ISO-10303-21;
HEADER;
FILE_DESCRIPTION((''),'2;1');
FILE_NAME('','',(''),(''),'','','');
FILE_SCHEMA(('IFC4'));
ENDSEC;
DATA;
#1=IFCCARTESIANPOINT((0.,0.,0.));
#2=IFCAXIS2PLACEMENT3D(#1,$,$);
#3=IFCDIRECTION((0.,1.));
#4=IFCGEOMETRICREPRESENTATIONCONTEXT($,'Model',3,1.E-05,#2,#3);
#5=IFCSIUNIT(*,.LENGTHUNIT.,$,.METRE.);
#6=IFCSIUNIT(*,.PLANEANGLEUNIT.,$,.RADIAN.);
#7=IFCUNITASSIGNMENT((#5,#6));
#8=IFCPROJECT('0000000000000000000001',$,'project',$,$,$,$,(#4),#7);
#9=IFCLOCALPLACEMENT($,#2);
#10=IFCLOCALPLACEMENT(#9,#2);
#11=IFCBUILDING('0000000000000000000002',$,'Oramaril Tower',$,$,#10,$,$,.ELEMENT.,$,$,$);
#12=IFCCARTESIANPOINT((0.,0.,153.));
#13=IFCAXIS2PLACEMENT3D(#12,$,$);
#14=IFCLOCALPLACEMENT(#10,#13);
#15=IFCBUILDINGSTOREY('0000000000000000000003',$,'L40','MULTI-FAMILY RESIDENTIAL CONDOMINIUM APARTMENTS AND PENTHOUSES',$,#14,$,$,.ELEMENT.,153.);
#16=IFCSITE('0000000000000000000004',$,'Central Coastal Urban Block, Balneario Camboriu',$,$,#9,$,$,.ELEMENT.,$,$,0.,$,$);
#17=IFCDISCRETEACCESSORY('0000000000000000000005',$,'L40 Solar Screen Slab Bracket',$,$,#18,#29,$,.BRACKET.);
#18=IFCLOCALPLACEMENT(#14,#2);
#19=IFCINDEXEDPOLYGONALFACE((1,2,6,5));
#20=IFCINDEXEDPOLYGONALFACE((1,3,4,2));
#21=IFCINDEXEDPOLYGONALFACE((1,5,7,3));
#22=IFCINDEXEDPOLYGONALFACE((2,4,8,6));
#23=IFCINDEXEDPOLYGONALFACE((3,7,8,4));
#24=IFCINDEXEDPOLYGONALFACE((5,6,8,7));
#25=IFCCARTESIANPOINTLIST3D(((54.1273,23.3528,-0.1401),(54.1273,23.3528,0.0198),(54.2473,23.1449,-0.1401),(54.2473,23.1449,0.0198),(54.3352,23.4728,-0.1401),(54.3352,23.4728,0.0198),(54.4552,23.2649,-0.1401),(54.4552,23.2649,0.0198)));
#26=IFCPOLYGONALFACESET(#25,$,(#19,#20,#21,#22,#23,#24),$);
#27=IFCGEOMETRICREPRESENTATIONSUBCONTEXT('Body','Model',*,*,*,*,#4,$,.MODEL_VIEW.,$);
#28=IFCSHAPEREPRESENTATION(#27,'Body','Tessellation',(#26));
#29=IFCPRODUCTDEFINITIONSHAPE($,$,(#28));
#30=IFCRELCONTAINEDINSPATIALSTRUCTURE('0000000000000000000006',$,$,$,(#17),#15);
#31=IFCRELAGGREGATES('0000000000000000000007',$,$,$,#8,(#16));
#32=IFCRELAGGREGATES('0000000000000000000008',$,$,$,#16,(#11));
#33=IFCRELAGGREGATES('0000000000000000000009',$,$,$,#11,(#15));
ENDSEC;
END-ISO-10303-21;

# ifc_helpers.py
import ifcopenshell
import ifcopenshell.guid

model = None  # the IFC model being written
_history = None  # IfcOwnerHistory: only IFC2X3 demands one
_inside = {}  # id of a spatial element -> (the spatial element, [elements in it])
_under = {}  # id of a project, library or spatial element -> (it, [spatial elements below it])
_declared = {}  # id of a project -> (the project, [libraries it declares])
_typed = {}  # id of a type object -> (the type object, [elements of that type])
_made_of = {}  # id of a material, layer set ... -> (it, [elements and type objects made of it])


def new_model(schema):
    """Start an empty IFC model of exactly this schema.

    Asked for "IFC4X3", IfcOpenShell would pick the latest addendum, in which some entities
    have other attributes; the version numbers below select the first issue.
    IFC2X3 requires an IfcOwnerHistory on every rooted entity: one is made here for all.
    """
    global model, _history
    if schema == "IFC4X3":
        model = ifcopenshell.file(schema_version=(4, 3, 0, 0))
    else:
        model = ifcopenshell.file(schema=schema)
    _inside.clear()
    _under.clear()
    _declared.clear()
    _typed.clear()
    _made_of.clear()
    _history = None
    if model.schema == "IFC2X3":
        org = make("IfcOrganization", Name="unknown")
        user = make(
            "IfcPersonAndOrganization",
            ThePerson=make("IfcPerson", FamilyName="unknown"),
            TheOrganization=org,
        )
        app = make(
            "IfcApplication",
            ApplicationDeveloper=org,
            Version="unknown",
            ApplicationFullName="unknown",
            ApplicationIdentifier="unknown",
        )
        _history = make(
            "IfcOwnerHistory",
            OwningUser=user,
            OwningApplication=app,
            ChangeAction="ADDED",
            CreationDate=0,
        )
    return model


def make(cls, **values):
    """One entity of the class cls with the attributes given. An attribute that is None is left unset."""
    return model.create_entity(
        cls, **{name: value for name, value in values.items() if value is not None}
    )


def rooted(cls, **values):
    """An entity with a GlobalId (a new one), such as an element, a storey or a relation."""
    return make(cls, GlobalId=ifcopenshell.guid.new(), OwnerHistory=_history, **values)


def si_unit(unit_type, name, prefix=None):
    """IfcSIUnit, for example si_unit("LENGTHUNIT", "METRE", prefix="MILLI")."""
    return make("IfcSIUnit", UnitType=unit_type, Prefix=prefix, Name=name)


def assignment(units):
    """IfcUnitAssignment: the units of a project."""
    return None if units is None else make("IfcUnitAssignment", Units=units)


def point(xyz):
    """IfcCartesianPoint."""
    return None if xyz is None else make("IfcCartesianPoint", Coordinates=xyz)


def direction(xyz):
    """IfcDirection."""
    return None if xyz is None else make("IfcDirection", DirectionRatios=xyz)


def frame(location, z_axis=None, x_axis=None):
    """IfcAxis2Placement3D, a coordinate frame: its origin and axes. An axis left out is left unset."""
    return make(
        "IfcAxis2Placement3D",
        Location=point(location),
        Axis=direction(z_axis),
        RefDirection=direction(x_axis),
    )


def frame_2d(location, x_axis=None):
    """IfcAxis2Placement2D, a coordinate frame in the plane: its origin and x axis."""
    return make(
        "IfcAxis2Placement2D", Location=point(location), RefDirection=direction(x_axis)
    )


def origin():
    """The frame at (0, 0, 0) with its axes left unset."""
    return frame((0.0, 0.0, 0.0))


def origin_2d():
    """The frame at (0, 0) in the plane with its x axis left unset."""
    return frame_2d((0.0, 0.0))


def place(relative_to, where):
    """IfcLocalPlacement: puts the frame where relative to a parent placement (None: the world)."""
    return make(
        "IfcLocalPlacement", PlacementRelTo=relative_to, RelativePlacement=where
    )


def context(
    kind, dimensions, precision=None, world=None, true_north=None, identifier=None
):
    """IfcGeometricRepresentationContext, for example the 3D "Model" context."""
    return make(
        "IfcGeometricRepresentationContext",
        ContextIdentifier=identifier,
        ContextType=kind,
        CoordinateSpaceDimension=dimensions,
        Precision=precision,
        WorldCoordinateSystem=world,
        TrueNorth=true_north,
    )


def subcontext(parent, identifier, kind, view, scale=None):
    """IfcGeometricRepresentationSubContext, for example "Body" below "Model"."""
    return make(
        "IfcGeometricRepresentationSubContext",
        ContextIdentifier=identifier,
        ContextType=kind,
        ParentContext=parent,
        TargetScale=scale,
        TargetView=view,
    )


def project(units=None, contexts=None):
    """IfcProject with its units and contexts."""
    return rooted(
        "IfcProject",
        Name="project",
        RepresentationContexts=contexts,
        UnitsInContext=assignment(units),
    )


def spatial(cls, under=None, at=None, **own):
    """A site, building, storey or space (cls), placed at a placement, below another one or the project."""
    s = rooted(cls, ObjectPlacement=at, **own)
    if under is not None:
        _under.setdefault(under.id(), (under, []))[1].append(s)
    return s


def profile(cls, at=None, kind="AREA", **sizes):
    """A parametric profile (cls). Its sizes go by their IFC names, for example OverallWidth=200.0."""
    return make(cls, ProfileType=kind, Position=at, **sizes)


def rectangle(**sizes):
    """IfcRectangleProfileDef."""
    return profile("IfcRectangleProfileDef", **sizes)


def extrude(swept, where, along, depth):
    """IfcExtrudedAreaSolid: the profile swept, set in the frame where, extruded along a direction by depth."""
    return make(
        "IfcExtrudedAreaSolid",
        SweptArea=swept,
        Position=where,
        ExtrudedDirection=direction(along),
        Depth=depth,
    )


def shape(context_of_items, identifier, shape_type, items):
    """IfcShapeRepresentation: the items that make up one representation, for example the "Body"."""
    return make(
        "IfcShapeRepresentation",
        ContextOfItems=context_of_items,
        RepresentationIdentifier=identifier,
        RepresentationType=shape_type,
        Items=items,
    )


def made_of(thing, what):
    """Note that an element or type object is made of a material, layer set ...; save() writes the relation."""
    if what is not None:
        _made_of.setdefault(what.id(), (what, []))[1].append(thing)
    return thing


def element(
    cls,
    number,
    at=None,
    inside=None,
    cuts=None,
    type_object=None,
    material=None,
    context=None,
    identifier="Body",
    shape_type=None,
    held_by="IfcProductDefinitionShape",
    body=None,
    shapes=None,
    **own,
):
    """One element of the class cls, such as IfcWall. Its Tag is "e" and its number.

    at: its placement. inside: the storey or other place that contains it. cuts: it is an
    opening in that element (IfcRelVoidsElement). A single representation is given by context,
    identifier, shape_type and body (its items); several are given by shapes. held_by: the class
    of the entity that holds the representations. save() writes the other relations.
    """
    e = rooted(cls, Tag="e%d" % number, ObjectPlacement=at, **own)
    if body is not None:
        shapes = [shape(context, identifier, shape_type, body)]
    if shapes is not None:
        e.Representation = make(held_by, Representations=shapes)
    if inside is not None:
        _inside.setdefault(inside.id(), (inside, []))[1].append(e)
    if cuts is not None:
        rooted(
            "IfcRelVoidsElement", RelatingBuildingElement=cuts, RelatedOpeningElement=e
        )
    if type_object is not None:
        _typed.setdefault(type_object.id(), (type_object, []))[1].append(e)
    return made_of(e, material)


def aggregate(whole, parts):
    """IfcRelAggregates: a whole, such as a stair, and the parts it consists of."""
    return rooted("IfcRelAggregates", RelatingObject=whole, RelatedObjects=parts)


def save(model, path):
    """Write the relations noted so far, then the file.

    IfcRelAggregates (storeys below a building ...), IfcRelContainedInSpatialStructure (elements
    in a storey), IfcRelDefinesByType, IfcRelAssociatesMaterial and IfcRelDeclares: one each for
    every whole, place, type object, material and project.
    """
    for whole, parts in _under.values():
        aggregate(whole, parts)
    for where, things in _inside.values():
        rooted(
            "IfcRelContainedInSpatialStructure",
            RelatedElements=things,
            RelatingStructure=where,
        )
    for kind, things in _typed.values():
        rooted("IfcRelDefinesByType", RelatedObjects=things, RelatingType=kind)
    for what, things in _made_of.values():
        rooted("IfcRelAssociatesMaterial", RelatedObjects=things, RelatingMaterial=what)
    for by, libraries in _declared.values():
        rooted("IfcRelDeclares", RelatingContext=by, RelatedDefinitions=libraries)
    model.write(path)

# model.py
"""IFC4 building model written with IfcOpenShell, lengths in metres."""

from ifc_helpers import new_model, si_unit, direction, frame, origin, origin_2d, place, context, subcontext, project, spatial, rectangle, extrude, element, save


model = new_model("IFC4")

# Units and contexts
model_context = context("Model", 3, precision=1e-05, world=origin(), true_north=direction((0.0, 1.0)))
body_context = subcontext(model_context, "Body", "Model", "MODEL_VIEW")
ifc_project = project(units=[si_unit("LENGTHUNIT", "METRE"), si_unit("PLANEANGLEUNIT", "RADIAN")], contexts=[model_context])

# Site, building, storey
site_placement = place(None, origin())
site = spatial("IfcSite", under=ifc_project, at=site_placement, Name="Central Coastal Urban Block, Balneario Camboriu", CompositionType="ELEMENT", RefElevation=0.0)
building_placement = place(site_placement, origin())
building = spatial("IfcBuilding", under=site, at=building_placement, Name="Oramaril Tower", CompositionType="ELEMENT")
storey_placement = place(building_placement, frame((0.0, 0.0, 153.0)))
storey = spatial("IfcBuildingStorey", under=building, at=storey_placement, Name="L40", Description="MULTI-FAMILY RESIDENTIAL CONDOMINIUM APARTMENTS AND PENTHOUSES", CompositionType="ELEMENT", Elevation=153.0)

# Discrete accessory
discrete_accessory_placement = place(storey_placement, frame((54.2913, 23.3088, -0.1401), z_axis=(0.0, 0.0, 1.0), x_axis=(-0.5, 0.866025, 0.0)))
element("IfcDiscreteAccessory", 1, at=discrete_accessory_placement, inside=storey, Name="L40 Solar Screen Slab Bracket", PredefinedType="BRACKET", context=body_context, shape_type="SweptSolid", body=[
    extrude(rectangle(XDim=0.24, YDim=0.24, at=origin_2d()), origin(), (0.0, 0.0, 1.0), 0.1599),
])

save(model, "model.ifc")
